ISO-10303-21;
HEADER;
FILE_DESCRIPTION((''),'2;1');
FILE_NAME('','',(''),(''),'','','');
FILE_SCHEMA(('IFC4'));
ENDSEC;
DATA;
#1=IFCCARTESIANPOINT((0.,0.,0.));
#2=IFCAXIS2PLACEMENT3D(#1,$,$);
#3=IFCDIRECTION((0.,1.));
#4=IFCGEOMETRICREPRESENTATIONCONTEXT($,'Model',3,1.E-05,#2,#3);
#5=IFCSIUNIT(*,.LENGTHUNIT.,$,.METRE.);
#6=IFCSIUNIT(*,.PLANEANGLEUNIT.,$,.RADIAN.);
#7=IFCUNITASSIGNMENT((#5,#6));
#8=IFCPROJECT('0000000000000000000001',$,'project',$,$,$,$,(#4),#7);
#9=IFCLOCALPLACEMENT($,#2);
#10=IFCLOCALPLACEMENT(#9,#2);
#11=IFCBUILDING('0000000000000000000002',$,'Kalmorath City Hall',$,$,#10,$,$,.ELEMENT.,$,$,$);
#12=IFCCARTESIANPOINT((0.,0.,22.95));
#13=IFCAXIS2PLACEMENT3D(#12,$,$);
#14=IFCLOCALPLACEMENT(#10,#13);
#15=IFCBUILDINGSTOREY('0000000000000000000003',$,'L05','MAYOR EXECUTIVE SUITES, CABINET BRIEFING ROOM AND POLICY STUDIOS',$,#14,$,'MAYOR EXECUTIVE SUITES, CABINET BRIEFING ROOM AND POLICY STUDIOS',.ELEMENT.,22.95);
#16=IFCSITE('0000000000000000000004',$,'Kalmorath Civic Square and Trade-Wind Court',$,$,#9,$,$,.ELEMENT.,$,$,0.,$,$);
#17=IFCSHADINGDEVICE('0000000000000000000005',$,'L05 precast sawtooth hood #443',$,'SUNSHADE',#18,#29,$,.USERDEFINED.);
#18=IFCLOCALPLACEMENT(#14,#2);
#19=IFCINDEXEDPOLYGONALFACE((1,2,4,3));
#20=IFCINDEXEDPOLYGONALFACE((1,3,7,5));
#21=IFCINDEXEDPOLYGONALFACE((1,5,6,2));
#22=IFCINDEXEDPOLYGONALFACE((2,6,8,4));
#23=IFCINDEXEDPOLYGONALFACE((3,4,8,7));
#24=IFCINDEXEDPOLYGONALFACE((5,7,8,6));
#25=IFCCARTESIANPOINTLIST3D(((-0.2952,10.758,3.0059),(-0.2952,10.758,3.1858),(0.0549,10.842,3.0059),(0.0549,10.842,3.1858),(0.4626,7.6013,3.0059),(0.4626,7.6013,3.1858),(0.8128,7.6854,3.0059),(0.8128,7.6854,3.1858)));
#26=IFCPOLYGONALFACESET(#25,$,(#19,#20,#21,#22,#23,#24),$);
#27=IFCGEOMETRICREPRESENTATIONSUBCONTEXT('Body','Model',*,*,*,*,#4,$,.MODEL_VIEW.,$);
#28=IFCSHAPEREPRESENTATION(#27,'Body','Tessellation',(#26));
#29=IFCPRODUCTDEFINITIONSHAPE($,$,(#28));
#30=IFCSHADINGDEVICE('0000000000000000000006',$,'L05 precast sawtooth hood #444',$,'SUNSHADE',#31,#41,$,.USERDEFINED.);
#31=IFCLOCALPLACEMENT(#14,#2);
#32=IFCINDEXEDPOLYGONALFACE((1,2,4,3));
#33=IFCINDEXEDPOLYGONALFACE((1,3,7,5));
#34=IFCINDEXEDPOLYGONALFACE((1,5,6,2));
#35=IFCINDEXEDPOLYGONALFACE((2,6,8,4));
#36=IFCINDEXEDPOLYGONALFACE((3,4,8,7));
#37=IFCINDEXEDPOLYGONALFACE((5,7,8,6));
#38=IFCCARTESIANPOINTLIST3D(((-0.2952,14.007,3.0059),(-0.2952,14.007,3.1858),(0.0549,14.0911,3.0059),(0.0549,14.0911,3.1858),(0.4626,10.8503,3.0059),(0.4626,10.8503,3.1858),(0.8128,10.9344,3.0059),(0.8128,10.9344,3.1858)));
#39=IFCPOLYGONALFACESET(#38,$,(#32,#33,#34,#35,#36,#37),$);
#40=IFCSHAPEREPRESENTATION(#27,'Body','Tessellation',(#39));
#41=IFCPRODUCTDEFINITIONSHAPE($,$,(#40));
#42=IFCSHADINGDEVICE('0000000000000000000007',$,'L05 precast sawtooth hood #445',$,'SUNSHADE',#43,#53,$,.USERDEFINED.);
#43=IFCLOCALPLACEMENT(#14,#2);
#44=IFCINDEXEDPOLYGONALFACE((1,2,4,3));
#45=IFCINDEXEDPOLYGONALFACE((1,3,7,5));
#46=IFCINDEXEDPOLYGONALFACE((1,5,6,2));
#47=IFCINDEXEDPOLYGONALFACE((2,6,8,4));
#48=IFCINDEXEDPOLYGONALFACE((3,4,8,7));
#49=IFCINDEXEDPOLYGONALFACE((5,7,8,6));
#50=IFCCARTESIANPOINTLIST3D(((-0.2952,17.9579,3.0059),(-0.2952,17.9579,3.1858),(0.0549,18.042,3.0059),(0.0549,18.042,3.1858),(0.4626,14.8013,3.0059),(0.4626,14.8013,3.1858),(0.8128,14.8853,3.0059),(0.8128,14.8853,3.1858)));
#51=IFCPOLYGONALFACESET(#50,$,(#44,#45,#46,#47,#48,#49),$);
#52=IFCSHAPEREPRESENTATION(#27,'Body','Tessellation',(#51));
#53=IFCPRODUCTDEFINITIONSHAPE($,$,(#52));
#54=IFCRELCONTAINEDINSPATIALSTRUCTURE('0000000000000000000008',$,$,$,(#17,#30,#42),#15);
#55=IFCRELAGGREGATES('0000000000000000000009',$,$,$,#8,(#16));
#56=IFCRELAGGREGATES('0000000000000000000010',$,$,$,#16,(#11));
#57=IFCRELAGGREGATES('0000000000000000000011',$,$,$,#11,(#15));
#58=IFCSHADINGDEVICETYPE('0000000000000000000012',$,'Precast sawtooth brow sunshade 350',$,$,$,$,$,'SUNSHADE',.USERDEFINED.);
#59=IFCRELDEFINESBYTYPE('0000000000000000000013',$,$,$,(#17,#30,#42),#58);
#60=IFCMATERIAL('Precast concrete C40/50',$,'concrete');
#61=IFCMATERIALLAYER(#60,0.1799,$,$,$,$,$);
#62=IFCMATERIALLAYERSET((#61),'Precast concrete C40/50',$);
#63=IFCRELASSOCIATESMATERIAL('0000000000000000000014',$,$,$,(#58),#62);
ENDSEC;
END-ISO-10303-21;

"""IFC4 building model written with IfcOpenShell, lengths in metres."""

from ifc_helpers import new_model, si_unit, direction, frame, origin, origin_2d, place, context, subcontext, project, spatial, rectangle, extrude, material, layer, layer_set, type_object, element, save


model = new_model("IFC4")

# Units and contexts
model_context = context("Model", 3, precision=1e-05, world=origin(), true_north=direction((0.0, 1.0)))
body_context = subcontext(model_context, "Body", "Model", "MODEL_VIEW")
ifc_project = project(units=[si_unit("LENGTHUNIT", "METRE"), si_unit("PLANEANGLEUNIT", "RADIAN")], contexts=[model_context])

# Site, building, storey
site_placement = place(None, origin())
site = spatial("IfcSite", under=ifc_project, at=site_placement, Name="Kalmorath Civic Square and Trade-Wind Court", CompositionType="ELEMENT", RefElevation=0.0)
building_placement = place(site_placement, origin())
building = spatial("IfcBuilding", under=site, at=building_placement, Name="Kalmorath City Hall", CompositionType="ELEMENT")
storey_placement = place(building_placement, frame((0.0, 0.0, 22.95)))
storey = spatial("IfcBuildingStorey", under=building, at=storey_placement, Name="L05", Description="MAYOR EXECUTIVE SUITES, CABINET BRIEFING ROOM AND POLICY STUDIOS", LongName="MAYOR EXECUTIVE SUITES, CABINET BRIEFING ROOM AND POLICY STUDIOS", CompositionType="ELEMENT", Elevation=22.95)

# Shading devices
ifc_material_1 = material(Name="Precast concrete C40/50", Category="concrete")
ifc_layer_1 = layer(ifc_material_1, 0.1799)
ifc_layer_set_1 = layer_set([ifc_layer_1], Name="Precast concrete C40/50")
shading_device_type = type_object("IfcShadingDeviceType", Name="Precast sawtooth brow sunshade 350", ElementType="SUNSHADE", PredefinedType="USERDEFINED", material=ifc_layer_set_1)
for number, where, z_axis, x_axis, name in (
    (1, (0.2588, 9.2217, 3.0059), (0.0, 0.0, 1.0), (-0.233445, 0.97237, 0.0), "L05 precast sawtooth hood #443"),
    (2, (0.2588, 12.4707, 3.0059), (0.0, 0.0, 1.0), (-0.233445, 0.97237, 0.0), "L05 precast sawtooth hood #444"),
    (3, (0.2588, 16.4216, 3.0059), (0.0, 0.0, 1.0), (-0.233445, 0.97237, 0.0), "L05 precast sawtooth hood #445"),
):
    element("IfcShadingDevice", number, at=place(storey_placement, frame(where, z_axis=z_axis, x_axis=x_axis)), inside=storey, type_object=shading_device_type, Name=name, ObjectType="SUNSHADE", PredefinedType="USERDEFINED", context=body_context, shape_type="SweptSolid", body=[
        extrude(rectangle(XDim=3.2463, YDim=0.3601, at=origin_2d()), origin(), (0.0, 0.0, 1.0), 0.1799),
    ])

save(model, "model.ifc")
